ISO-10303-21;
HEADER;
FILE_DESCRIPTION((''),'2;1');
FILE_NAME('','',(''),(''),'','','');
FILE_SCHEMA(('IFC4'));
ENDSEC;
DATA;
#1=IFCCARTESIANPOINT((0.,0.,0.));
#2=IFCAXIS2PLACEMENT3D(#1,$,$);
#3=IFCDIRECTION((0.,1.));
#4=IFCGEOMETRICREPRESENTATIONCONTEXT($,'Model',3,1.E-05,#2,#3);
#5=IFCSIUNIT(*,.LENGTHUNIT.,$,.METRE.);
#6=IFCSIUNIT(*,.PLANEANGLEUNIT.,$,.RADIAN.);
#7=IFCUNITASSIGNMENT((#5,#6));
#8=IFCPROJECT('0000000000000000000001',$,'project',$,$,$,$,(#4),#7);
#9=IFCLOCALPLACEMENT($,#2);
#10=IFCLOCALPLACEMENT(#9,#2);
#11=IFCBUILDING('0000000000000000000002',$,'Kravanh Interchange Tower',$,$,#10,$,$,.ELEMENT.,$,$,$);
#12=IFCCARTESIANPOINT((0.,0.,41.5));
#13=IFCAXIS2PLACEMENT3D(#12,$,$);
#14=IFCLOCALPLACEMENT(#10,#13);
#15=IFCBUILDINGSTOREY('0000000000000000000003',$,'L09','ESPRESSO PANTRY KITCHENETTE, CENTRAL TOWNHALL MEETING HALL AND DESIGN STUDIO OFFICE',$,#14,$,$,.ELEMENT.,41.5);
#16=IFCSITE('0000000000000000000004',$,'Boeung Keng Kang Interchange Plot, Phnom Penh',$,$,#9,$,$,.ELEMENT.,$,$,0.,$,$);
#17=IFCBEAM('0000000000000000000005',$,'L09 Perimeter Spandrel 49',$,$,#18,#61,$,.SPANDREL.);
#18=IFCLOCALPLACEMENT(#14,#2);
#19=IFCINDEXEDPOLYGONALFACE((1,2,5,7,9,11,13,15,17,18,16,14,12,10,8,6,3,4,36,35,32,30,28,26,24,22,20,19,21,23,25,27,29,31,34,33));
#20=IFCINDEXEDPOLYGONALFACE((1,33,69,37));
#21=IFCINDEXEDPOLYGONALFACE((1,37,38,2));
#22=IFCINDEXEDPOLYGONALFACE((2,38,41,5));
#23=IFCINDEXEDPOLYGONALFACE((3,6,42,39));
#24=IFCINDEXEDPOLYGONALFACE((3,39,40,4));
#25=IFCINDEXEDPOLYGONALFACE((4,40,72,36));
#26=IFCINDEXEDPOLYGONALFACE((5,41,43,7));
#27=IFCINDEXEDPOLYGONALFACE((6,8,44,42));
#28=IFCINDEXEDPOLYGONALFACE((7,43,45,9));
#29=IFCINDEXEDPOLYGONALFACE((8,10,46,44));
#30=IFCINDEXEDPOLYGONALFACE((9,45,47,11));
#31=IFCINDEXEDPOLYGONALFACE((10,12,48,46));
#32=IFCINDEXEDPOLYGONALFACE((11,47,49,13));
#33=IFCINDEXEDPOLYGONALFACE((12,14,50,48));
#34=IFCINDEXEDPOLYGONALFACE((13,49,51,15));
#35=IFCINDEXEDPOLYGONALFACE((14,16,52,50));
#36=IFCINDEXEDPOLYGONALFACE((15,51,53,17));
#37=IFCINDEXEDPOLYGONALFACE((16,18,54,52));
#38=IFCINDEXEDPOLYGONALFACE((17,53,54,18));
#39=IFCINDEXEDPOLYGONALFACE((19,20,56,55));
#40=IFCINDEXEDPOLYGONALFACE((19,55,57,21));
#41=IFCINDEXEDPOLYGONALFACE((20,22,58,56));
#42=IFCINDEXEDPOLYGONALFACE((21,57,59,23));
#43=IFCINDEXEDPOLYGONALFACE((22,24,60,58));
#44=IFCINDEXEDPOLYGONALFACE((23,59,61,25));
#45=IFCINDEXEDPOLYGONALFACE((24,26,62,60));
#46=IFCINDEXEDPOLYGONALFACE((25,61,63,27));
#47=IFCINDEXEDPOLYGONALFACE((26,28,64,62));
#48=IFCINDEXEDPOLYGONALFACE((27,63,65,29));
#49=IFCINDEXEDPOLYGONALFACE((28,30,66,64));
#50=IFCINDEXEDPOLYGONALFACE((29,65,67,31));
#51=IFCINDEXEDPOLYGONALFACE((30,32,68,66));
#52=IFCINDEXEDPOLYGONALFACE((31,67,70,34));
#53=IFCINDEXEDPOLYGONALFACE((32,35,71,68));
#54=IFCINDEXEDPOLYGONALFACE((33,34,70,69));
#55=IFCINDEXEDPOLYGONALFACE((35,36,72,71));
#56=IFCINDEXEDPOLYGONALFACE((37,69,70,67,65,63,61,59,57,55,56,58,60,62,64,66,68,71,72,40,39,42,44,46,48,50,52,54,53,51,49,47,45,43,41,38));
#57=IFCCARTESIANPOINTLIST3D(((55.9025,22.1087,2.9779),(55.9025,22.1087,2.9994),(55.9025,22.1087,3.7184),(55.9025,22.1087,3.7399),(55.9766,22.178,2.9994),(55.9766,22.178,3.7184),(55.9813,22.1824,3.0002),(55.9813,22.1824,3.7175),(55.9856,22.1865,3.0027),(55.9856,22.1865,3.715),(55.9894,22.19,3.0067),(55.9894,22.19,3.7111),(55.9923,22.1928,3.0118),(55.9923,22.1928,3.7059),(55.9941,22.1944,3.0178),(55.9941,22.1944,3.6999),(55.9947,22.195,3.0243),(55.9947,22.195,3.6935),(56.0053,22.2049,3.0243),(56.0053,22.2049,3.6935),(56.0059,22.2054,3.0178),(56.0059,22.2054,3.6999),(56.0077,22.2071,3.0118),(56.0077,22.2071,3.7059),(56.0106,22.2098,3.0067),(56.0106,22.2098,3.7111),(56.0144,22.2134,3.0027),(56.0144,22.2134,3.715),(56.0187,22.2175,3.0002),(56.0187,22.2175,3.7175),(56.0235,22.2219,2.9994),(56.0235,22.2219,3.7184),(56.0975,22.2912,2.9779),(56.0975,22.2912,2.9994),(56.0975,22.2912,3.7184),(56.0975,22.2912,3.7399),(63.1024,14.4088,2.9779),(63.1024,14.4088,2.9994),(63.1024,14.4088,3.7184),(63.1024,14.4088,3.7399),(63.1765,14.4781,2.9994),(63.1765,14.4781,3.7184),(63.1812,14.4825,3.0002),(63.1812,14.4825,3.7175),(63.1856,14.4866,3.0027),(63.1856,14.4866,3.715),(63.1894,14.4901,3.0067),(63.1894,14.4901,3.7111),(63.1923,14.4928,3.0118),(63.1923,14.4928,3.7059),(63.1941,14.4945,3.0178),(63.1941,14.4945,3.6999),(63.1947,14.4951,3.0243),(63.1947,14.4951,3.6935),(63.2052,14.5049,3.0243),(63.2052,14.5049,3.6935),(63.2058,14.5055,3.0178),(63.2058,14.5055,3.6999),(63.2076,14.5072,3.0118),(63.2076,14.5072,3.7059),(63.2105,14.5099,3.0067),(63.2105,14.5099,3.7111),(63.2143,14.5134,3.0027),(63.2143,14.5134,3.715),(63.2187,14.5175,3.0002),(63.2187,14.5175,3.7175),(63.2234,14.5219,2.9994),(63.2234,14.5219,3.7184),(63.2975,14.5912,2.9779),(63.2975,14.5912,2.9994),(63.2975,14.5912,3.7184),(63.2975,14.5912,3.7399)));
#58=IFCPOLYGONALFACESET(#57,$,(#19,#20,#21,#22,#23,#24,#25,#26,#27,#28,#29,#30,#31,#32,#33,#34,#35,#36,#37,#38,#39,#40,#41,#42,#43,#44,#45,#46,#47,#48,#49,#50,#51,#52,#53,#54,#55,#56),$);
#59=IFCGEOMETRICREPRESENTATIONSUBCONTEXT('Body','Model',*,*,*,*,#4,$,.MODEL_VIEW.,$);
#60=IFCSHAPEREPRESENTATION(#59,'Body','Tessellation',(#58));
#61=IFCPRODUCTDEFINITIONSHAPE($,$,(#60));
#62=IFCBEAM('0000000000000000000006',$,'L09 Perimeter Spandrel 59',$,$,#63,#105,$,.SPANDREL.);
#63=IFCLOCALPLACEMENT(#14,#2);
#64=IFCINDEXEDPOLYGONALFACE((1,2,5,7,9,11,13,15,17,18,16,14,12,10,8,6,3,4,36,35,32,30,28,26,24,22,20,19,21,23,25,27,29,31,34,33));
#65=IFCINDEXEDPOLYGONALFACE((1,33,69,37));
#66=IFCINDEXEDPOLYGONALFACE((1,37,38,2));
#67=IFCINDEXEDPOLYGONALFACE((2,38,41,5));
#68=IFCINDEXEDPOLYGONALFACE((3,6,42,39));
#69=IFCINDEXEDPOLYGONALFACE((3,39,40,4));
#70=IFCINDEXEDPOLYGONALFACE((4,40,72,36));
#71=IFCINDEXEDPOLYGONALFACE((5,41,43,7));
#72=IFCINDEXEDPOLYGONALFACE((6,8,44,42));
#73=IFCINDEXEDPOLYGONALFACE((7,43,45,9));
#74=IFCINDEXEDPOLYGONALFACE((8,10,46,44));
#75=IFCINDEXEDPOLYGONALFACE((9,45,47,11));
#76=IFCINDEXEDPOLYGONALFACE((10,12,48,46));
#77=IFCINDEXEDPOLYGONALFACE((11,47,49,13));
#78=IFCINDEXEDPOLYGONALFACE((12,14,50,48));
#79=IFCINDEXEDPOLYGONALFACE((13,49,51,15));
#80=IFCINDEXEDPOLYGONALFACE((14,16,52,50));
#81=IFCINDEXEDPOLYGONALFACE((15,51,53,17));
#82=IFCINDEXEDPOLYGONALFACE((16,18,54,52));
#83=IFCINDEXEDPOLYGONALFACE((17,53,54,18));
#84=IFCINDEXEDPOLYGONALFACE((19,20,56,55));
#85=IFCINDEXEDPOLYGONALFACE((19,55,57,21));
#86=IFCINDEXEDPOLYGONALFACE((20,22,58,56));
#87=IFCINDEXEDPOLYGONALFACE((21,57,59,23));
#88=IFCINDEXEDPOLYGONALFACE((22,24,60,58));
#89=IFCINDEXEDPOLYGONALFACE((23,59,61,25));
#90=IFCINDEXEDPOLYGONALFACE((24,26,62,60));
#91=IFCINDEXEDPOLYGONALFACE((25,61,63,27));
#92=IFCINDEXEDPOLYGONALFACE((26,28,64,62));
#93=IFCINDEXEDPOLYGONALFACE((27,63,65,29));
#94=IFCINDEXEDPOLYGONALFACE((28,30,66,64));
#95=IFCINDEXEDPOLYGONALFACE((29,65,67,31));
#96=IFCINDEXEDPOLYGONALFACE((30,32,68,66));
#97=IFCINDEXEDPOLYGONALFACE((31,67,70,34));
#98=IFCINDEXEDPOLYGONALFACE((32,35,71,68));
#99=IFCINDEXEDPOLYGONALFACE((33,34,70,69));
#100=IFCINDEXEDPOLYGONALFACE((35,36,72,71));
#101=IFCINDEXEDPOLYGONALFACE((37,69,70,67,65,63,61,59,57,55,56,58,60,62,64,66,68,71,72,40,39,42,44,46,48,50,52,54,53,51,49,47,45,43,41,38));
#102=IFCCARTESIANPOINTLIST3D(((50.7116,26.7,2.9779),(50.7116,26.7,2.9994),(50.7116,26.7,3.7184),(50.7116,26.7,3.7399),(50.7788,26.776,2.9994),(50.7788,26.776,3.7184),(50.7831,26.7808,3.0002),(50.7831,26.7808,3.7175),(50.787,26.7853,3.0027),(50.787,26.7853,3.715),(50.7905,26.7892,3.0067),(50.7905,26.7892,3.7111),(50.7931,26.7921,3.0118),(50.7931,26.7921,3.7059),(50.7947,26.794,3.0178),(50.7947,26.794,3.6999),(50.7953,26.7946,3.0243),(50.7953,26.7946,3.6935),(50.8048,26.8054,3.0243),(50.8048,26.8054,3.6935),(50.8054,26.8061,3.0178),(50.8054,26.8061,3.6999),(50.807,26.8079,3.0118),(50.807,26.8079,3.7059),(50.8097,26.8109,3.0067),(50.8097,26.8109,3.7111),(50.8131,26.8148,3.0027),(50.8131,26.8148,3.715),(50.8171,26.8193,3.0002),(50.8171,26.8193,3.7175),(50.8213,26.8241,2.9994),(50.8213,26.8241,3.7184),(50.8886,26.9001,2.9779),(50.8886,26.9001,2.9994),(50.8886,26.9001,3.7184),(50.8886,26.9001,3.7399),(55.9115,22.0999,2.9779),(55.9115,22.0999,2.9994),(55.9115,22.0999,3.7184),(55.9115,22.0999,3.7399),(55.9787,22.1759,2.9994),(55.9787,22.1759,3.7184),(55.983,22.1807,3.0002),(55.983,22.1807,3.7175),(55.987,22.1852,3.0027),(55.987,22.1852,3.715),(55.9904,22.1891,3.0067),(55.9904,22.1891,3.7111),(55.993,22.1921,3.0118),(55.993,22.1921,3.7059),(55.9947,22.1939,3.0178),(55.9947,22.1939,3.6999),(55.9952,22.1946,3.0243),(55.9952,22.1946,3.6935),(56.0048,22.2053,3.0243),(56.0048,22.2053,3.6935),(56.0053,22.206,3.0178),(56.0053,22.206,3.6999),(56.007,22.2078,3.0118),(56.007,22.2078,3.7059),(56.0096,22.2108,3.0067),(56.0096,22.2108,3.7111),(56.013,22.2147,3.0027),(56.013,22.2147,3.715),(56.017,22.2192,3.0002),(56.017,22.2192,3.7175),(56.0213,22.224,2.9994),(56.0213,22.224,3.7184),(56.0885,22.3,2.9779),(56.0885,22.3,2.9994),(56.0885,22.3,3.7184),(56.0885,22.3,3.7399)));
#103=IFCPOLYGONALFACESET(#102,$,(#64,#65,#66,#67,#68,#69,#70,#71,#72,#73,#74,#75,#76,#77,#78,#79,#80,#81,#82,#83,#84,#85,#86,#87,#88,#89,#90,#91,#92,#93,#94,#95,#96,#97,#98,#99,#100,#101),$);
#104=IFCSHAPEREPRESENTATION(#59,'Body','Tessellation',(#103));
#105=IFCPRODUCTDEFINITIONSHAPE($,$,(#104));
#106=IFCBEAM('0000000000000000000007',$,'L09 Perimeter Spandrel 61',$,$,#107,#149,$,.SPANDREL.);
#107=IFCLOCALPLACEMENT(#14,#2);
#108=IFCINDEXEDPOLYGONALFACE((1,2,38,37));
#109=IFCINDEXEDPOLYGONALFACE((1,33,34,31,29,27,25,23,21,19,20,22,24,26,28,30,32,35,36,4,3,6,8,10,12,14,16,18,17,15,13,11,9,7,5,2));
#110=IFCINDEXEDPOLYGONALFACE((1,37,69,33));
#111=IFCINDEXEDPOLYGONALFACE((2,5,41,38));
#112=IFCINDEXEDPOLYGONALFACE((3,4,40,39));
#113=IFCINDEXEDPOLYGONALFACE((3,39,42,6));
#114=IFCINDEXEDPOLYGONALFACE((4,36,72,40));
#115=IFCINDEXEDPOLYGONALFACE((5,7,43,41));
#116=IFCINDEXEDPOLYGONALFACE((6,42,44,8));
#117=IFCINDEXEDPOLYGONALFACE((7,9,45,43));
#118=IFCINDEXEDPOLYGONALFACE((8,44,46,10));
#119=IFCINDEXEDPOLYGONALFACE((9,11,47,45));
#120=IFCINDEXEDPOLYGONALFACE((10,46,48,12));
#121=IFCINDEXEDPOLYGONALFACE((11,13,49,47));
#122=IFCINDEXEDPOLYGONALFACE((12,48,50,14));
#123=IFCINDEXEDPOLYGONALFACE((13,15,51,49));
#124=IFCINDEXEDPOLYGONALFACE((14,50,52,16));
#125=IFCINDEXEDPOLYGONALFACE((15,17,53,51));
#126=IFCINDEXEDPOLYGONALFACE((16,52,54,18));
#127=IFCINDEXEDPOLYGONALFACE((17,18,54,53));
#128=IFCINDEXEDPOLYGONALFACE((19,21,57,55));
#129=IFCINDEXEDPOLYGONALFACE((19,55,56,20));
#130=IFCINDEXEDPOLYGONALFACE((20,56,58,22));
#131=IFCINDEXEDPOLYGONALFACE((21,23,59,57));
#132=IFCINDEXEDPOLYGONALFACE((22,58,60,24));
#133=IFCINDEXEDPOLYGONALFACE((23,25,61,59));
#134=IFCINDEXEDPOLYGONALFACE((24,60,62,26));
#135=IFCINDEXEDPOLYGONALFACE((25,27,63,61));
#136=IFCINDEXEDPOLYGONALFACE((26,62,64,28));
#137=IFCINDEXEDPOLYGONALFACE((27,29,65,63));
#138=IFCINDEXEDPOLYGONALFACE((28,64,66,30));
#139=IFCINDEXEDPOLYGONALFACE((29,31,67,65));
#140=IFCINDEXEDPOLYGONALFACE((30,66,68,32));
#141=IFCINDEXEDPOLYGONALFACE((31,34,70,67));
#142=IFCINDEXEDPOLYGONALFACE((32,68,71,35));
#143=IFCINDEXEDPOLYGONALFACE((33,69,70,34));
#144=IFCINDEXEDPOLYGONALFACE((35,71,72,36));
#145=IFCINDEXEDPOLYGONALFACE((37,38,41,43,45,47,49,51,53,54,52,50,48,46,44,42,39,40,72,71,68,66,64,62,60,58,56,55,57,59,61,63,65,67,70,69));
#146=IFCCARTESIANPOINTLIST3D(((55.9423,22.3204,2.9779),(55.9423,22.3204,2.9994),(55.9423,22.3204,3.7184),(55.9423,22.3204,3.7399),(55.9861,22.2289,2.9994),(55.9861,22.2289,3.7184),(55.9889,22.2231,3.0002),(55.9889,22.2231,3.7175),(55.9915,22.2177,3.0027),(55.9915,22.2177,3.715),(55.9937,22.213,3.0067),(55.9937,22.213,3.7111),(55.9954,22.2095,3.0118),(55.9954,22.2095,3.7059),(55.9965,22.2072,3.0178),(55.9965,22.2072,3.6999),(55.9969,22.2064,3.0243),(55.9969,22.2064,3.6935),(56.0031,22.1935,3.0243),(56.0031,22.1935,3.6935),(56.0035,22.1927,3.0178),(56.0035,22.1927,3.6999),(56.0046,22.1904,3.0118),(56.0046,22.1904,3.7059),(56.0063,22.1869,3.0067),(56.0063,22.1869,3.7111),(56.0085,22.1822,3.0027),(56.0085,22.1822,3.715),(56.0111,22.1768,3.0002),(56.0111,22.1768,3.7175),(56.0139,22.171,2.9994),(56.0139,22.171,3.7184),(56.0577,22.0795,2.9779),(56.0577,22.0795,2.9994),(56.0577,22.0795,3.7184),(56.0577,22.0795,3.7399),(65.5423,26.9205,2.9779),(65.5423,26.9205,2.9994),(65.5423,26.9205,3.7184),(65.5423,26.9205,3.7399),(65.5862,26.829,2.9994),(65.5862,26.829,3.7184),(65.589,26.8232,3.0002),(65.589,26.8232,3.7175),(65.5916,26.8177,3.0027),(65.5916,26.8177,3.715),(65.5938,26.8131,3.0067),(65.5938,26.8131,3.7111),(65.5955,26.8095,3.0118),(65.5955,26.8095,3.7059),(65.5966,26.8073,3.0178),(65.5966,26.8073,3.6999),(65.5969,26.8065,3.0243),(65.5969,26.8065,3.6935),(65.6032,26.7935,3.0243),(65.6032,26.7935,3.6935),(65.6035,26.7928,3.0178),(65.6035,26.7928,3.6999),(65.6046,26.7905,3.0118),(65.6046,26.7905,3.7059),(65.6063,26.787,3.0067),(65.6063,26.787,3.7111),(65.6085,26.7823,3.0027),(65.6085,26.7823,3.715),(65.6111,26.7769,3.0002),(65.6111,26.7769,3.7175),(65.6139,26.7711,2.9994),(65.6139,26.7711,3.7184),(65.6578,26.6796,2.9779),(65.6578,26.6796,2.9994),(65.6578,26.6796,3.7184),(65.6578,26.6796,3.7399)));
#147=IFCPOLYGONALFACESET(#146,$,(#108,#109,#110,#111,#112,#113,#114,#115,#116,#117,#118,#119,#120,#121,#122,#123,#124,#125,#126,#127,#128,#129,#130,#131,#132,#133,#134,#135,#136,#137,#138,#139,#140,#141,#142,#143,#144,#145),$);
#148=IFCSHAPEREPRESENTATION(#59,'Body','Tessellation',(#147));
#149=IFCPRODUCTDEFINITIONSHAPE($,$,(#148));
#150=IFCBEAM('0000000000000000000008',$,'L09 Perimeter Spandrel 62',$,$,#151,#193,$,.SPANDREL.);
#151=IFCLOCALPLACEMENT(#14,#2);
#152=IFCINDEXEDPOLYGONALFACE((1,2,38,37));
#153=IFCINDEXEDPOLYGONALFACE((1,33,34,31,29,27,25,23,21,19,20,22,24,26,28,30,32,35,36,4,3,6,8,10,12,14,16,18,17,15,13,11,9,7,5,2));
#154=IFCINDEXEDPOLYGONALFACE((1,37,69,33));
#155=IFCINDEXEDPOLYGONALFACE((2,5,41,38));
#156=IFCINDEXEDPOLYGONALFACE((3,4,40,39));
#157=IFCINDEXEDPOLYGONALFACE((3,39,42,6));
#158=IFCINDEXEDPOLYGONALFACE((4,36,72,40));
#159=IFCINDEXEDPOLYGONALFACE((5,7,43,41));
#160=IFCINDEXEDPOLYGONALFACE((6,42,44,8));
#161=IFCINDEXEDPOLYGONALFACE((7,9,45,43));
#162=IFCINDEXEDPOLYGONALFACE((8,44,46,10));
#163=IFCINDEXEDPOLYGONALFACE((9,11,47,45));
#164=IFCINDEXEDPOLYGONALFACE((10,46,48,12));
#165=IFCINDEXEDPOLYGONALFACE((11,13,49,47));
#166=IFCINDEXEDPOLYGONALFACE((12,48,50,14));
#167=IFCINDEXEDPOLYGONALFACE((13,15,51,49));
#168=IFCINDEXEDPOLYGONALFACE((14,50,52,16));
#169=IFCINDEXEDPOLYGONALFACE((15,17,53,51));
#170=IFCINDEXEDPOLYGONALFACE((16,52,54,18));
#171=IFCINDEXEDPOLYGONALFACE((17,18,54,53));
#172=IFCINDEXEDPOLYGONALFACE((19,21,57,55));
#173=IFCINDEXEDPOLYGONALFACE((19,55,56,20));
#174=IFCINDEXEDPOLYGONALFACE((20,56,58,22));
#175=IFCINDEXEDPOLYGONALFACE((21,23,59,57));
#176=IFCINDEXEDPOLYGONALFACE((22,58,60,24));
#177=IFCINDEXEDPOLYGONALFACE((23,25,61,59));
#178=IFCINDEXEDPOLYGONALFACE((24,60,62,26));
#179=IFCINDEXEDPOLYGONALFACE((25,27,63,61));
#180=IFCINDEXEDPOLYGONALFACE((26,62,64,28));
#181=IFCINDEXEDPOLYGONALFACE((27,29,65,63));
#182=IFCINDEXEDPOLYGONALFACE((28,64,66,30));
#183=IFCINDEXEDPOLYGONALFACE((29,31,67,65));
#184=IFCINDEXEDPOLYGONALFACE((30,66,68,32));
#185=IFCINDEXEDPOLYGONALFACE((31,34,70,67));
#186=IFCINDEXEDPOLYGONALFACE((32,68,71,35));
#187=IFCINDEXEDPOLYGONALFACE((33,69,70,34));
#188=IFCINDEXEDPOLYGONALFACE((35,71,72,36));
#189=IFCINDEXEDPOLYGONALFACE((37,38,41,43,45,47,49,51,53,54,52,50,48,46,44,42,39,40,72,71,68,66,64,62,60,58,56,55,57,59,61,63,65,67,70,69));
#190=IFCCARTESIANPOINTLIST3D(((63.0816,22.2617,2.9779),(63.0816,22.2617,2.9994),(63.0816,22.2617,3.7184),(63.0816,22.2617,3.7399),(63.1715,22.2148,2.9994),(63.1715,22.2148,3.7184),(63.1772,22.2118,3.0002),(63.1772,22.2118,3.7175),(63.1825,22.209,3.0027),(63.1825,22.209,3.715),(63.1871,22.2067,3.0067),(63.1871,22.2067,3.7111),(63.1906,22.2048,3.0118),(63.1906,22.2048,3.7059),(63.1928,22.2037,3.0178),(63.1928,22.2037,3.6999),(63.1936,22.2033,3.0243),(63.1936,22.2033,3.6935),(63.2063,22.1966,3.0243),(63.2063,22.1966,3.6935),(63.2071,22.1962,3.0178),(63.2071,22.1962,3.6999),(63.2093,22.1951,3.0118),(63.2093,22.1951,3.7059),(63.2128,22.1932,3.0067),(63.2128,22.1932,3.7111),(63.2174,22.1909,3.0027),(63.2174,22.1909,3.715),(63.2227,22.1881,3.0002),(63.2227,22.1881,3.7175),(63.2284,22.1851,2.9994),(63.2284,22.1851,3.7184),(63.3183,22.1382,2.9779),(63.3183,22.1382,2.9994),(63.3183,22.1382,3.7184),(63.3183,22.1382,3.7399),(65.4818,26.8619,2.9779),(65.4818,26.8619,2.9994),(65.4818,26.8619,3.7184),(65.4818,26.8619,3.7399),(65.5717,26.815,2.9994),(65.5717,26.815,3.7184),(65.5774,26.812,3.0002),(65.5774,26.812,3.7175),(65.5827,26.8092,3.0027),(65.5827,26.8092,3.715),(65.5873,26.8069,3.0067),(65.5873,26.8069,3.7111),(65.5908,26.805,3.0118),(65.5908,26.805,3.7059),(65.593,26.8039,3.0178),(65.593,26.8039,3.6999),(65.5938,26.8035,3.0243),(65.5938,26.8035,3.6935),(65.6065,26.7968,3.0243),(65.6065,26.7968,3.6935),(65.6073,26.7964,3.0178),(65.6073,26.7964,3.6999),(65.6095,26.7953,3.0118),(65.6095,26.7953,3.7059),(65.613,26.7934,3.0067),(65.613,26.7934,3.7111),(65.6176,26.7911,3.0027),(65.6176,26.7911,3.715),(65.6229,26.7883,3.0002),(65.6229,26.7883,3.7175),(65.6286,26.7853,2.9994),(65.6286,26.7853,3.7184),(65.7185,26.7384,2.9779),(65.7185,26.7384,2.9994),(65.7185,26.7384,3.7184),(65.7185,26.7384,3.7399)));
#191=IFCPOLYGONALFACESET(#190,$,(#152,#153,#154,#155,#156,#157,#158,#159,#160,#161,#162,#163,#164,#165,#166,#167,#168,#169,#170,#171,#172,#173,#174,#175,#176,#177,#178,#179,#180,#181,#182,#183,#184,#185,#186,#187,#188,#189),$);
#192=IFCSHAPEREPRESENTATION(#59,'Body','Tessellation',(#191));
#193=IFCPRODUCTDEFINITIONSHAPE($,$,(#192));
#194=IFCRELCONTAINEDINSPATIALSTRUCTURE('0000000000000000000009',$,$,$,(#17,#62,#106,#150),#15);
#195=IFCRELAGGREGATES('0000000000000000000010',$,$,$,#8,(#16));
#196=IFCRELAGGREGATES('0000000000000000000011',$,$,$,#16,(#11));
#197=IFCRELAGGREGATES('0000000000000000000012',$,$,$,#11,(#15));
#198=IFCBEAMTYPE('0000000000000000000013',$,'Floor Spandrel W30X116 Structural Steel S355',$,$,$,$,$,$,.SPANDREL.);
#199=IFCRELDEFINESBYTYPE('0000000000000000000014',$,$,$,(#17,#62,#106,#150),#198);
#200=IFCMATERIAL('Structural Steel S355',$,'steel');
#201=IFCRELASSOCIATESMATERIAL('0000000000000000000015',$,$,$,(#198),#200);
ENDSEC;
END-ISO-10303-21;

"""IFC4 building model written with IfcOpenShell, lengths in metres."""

from ifc_helpers import new_model, si_unit, direction, frame, origin, origin_2d, place, context, subcontext, project, spatial, i_section, extrude, material, material_profile, profile_set, type_object, element, save


model = new_model("IFC4")

# Units and contexts
model_context = context("Model", 3, precision=1e-05, world=origin(), true_north=direction((0.0, 1.0)))
body_context = subcontext(model_context, "Body", "Model", "MODEL_VIEW")
ifc_project = project(units=[si_unit("LENGTHUNIT", "METRE"), si_unit("PLANEANGLEUNIT", "RADIAN")], contexts=[model_context])

# Site, building, storey
site_placement = place(None, origin())
site = spatial("IfcSite", under=ifc_project, at=site_placement, Name="Boeung Keng Kang Interchange Plot, Phnom Penh", CompositionType="ELEMENT", RefElevation=0.0)
building_placement = place(site_placement, origin())
building = spatial("IfcBuilding", under=site, at=building_placement, Name="Kravanh Interchange Tower", CompositionType="ELEMENT")
storey_placement = place(building_placement, frame((0.0, 0.0, 41.5)))
storey = spatial("IfcBuildingStorey", under=building, at=storey_placement, Name="L09", Description="ESPRESSO PANTRY KITCHENETTE, CENTRAL TOWNHALL MEETING HALL AND DESIGN STUDIO OFFICE", CompositionType="ELEMENT", Elevation=41.5)

# Beams
ifc_material_1 = material(Name="Structural Steel S355", Category="steel")
ifc_material_profile_1 = material_profile(ifc_material_1, i_section(OverallWidth=0.2671, OverallDepth=0.762, WebThickness=0.0144, FlangeThickness=0.0215, FilletRadius=0.0249, at=origin_2d()), Name="W30X116")
ifc_profile_set_1 = profile_set([ifc_material_profile_1], Name="Structural Steel S355")
beam_type_1 = type_object("IfcBeamType", Name="Floor Spandrel W30X116 Structural Steel S355", PredefinedType="SPANDREL", material=ifc_profile_set_1)
beam_1_placement = place(storey_placement, frame((63.2, 14.5, 3.3589), z_axis=(-0.682994, 0.730424, 0.0), x_axis=(-0.730424, -0.682994, 0.0)))
element("IfcBeam", 1, at=beam_1_placement, inside=storey, type_object=beam_type_1, Name="L09 Perimeter Spandrel 49", PredefinedType="SPANDREL", context=body_context, shape_type="SweptSolid", body=[
    extrude(i_section(OverallWidth=0.2671, OverallDepth=0.762, WebThickness=0.0144, FlangeThickness=0.0215, FilletRadius=0.0249, at=origin_2d()), origin(), (0.0, 0.0, 1.0), 10.5417),
])
beam_2_placement = place(storey_placement, frame((56.0, 22.2, 3.3589), z_axis=(-0.748986, 0.662585, 0.0), x_axis=(-0.662585, -0.748986, 0.0)))
element("IfcBeam", 2, at=beam_2_placement, inside=storey, type_object=beam_type_1, Name="L09 Perimeter Spandrel 59", PredefinedType="SPANDREL", context=body_context, shape_type="SweptSolid", body=[
    extrude(i_section(OverallWidth=0.2671, OverallDepth=0.762, WebThickness=0.0144, FlangeThickness=0.0215, FilletRadius=0.0249, at=origin_2d()), origin(), (0.0, 0.0, 1.0), 6.9426),
])
beam_3_placement = place(storey_placement, frame((56.0, 22.2, 3.3589), z_axis=(0.901814, 0.432124, 0.0), x_axis=(-0.432124, 0.901814, 0.0)))
element("IfcBeam", 3, at=beam_3_placement, inside=storey, type_object=beam_type_1, Name="L09 Perimeter Spandrel 61", PredefinedType="SPANDREL", context=body_context, shape_type="SweptSolid", body=[
    extrude(i_section(OverallWidth=0.2671, OverallDepth=0.762, WebThickness=0.0144, FlangeThickness=0.0215, FilletRadius=0.0249, at=origin_2d()), origin(), (0.0, 0.0, 1.0), 10.6453),
])
beam_4_placement = place(storey_placement, frame((63.2, 22.2, 3.3589), z_axis=(0.46258, 0.886577, 0.0), x_axis=(-0.886577, 0.46258, 0.0)))
element("IfcBeam", 4, at=beam_4_placement, inside=storey, type_object=beam_type_1, Name="L09 Perimeter Spandrel 62", PredefinedType="SPANDREL", context=body_context, shape_type="SweptSolid", body=[
    extrude(i_section(OverallWidth=0.2671, OverallDepth=0.762, WebThickness=0.0144, FlangeThickness=0.0215, FilletRadius=0.0249, at=origin_2d()), origin(), (0.0, 0.0, 1.0), 5.1887),
])

save(model, "model.ifc")
